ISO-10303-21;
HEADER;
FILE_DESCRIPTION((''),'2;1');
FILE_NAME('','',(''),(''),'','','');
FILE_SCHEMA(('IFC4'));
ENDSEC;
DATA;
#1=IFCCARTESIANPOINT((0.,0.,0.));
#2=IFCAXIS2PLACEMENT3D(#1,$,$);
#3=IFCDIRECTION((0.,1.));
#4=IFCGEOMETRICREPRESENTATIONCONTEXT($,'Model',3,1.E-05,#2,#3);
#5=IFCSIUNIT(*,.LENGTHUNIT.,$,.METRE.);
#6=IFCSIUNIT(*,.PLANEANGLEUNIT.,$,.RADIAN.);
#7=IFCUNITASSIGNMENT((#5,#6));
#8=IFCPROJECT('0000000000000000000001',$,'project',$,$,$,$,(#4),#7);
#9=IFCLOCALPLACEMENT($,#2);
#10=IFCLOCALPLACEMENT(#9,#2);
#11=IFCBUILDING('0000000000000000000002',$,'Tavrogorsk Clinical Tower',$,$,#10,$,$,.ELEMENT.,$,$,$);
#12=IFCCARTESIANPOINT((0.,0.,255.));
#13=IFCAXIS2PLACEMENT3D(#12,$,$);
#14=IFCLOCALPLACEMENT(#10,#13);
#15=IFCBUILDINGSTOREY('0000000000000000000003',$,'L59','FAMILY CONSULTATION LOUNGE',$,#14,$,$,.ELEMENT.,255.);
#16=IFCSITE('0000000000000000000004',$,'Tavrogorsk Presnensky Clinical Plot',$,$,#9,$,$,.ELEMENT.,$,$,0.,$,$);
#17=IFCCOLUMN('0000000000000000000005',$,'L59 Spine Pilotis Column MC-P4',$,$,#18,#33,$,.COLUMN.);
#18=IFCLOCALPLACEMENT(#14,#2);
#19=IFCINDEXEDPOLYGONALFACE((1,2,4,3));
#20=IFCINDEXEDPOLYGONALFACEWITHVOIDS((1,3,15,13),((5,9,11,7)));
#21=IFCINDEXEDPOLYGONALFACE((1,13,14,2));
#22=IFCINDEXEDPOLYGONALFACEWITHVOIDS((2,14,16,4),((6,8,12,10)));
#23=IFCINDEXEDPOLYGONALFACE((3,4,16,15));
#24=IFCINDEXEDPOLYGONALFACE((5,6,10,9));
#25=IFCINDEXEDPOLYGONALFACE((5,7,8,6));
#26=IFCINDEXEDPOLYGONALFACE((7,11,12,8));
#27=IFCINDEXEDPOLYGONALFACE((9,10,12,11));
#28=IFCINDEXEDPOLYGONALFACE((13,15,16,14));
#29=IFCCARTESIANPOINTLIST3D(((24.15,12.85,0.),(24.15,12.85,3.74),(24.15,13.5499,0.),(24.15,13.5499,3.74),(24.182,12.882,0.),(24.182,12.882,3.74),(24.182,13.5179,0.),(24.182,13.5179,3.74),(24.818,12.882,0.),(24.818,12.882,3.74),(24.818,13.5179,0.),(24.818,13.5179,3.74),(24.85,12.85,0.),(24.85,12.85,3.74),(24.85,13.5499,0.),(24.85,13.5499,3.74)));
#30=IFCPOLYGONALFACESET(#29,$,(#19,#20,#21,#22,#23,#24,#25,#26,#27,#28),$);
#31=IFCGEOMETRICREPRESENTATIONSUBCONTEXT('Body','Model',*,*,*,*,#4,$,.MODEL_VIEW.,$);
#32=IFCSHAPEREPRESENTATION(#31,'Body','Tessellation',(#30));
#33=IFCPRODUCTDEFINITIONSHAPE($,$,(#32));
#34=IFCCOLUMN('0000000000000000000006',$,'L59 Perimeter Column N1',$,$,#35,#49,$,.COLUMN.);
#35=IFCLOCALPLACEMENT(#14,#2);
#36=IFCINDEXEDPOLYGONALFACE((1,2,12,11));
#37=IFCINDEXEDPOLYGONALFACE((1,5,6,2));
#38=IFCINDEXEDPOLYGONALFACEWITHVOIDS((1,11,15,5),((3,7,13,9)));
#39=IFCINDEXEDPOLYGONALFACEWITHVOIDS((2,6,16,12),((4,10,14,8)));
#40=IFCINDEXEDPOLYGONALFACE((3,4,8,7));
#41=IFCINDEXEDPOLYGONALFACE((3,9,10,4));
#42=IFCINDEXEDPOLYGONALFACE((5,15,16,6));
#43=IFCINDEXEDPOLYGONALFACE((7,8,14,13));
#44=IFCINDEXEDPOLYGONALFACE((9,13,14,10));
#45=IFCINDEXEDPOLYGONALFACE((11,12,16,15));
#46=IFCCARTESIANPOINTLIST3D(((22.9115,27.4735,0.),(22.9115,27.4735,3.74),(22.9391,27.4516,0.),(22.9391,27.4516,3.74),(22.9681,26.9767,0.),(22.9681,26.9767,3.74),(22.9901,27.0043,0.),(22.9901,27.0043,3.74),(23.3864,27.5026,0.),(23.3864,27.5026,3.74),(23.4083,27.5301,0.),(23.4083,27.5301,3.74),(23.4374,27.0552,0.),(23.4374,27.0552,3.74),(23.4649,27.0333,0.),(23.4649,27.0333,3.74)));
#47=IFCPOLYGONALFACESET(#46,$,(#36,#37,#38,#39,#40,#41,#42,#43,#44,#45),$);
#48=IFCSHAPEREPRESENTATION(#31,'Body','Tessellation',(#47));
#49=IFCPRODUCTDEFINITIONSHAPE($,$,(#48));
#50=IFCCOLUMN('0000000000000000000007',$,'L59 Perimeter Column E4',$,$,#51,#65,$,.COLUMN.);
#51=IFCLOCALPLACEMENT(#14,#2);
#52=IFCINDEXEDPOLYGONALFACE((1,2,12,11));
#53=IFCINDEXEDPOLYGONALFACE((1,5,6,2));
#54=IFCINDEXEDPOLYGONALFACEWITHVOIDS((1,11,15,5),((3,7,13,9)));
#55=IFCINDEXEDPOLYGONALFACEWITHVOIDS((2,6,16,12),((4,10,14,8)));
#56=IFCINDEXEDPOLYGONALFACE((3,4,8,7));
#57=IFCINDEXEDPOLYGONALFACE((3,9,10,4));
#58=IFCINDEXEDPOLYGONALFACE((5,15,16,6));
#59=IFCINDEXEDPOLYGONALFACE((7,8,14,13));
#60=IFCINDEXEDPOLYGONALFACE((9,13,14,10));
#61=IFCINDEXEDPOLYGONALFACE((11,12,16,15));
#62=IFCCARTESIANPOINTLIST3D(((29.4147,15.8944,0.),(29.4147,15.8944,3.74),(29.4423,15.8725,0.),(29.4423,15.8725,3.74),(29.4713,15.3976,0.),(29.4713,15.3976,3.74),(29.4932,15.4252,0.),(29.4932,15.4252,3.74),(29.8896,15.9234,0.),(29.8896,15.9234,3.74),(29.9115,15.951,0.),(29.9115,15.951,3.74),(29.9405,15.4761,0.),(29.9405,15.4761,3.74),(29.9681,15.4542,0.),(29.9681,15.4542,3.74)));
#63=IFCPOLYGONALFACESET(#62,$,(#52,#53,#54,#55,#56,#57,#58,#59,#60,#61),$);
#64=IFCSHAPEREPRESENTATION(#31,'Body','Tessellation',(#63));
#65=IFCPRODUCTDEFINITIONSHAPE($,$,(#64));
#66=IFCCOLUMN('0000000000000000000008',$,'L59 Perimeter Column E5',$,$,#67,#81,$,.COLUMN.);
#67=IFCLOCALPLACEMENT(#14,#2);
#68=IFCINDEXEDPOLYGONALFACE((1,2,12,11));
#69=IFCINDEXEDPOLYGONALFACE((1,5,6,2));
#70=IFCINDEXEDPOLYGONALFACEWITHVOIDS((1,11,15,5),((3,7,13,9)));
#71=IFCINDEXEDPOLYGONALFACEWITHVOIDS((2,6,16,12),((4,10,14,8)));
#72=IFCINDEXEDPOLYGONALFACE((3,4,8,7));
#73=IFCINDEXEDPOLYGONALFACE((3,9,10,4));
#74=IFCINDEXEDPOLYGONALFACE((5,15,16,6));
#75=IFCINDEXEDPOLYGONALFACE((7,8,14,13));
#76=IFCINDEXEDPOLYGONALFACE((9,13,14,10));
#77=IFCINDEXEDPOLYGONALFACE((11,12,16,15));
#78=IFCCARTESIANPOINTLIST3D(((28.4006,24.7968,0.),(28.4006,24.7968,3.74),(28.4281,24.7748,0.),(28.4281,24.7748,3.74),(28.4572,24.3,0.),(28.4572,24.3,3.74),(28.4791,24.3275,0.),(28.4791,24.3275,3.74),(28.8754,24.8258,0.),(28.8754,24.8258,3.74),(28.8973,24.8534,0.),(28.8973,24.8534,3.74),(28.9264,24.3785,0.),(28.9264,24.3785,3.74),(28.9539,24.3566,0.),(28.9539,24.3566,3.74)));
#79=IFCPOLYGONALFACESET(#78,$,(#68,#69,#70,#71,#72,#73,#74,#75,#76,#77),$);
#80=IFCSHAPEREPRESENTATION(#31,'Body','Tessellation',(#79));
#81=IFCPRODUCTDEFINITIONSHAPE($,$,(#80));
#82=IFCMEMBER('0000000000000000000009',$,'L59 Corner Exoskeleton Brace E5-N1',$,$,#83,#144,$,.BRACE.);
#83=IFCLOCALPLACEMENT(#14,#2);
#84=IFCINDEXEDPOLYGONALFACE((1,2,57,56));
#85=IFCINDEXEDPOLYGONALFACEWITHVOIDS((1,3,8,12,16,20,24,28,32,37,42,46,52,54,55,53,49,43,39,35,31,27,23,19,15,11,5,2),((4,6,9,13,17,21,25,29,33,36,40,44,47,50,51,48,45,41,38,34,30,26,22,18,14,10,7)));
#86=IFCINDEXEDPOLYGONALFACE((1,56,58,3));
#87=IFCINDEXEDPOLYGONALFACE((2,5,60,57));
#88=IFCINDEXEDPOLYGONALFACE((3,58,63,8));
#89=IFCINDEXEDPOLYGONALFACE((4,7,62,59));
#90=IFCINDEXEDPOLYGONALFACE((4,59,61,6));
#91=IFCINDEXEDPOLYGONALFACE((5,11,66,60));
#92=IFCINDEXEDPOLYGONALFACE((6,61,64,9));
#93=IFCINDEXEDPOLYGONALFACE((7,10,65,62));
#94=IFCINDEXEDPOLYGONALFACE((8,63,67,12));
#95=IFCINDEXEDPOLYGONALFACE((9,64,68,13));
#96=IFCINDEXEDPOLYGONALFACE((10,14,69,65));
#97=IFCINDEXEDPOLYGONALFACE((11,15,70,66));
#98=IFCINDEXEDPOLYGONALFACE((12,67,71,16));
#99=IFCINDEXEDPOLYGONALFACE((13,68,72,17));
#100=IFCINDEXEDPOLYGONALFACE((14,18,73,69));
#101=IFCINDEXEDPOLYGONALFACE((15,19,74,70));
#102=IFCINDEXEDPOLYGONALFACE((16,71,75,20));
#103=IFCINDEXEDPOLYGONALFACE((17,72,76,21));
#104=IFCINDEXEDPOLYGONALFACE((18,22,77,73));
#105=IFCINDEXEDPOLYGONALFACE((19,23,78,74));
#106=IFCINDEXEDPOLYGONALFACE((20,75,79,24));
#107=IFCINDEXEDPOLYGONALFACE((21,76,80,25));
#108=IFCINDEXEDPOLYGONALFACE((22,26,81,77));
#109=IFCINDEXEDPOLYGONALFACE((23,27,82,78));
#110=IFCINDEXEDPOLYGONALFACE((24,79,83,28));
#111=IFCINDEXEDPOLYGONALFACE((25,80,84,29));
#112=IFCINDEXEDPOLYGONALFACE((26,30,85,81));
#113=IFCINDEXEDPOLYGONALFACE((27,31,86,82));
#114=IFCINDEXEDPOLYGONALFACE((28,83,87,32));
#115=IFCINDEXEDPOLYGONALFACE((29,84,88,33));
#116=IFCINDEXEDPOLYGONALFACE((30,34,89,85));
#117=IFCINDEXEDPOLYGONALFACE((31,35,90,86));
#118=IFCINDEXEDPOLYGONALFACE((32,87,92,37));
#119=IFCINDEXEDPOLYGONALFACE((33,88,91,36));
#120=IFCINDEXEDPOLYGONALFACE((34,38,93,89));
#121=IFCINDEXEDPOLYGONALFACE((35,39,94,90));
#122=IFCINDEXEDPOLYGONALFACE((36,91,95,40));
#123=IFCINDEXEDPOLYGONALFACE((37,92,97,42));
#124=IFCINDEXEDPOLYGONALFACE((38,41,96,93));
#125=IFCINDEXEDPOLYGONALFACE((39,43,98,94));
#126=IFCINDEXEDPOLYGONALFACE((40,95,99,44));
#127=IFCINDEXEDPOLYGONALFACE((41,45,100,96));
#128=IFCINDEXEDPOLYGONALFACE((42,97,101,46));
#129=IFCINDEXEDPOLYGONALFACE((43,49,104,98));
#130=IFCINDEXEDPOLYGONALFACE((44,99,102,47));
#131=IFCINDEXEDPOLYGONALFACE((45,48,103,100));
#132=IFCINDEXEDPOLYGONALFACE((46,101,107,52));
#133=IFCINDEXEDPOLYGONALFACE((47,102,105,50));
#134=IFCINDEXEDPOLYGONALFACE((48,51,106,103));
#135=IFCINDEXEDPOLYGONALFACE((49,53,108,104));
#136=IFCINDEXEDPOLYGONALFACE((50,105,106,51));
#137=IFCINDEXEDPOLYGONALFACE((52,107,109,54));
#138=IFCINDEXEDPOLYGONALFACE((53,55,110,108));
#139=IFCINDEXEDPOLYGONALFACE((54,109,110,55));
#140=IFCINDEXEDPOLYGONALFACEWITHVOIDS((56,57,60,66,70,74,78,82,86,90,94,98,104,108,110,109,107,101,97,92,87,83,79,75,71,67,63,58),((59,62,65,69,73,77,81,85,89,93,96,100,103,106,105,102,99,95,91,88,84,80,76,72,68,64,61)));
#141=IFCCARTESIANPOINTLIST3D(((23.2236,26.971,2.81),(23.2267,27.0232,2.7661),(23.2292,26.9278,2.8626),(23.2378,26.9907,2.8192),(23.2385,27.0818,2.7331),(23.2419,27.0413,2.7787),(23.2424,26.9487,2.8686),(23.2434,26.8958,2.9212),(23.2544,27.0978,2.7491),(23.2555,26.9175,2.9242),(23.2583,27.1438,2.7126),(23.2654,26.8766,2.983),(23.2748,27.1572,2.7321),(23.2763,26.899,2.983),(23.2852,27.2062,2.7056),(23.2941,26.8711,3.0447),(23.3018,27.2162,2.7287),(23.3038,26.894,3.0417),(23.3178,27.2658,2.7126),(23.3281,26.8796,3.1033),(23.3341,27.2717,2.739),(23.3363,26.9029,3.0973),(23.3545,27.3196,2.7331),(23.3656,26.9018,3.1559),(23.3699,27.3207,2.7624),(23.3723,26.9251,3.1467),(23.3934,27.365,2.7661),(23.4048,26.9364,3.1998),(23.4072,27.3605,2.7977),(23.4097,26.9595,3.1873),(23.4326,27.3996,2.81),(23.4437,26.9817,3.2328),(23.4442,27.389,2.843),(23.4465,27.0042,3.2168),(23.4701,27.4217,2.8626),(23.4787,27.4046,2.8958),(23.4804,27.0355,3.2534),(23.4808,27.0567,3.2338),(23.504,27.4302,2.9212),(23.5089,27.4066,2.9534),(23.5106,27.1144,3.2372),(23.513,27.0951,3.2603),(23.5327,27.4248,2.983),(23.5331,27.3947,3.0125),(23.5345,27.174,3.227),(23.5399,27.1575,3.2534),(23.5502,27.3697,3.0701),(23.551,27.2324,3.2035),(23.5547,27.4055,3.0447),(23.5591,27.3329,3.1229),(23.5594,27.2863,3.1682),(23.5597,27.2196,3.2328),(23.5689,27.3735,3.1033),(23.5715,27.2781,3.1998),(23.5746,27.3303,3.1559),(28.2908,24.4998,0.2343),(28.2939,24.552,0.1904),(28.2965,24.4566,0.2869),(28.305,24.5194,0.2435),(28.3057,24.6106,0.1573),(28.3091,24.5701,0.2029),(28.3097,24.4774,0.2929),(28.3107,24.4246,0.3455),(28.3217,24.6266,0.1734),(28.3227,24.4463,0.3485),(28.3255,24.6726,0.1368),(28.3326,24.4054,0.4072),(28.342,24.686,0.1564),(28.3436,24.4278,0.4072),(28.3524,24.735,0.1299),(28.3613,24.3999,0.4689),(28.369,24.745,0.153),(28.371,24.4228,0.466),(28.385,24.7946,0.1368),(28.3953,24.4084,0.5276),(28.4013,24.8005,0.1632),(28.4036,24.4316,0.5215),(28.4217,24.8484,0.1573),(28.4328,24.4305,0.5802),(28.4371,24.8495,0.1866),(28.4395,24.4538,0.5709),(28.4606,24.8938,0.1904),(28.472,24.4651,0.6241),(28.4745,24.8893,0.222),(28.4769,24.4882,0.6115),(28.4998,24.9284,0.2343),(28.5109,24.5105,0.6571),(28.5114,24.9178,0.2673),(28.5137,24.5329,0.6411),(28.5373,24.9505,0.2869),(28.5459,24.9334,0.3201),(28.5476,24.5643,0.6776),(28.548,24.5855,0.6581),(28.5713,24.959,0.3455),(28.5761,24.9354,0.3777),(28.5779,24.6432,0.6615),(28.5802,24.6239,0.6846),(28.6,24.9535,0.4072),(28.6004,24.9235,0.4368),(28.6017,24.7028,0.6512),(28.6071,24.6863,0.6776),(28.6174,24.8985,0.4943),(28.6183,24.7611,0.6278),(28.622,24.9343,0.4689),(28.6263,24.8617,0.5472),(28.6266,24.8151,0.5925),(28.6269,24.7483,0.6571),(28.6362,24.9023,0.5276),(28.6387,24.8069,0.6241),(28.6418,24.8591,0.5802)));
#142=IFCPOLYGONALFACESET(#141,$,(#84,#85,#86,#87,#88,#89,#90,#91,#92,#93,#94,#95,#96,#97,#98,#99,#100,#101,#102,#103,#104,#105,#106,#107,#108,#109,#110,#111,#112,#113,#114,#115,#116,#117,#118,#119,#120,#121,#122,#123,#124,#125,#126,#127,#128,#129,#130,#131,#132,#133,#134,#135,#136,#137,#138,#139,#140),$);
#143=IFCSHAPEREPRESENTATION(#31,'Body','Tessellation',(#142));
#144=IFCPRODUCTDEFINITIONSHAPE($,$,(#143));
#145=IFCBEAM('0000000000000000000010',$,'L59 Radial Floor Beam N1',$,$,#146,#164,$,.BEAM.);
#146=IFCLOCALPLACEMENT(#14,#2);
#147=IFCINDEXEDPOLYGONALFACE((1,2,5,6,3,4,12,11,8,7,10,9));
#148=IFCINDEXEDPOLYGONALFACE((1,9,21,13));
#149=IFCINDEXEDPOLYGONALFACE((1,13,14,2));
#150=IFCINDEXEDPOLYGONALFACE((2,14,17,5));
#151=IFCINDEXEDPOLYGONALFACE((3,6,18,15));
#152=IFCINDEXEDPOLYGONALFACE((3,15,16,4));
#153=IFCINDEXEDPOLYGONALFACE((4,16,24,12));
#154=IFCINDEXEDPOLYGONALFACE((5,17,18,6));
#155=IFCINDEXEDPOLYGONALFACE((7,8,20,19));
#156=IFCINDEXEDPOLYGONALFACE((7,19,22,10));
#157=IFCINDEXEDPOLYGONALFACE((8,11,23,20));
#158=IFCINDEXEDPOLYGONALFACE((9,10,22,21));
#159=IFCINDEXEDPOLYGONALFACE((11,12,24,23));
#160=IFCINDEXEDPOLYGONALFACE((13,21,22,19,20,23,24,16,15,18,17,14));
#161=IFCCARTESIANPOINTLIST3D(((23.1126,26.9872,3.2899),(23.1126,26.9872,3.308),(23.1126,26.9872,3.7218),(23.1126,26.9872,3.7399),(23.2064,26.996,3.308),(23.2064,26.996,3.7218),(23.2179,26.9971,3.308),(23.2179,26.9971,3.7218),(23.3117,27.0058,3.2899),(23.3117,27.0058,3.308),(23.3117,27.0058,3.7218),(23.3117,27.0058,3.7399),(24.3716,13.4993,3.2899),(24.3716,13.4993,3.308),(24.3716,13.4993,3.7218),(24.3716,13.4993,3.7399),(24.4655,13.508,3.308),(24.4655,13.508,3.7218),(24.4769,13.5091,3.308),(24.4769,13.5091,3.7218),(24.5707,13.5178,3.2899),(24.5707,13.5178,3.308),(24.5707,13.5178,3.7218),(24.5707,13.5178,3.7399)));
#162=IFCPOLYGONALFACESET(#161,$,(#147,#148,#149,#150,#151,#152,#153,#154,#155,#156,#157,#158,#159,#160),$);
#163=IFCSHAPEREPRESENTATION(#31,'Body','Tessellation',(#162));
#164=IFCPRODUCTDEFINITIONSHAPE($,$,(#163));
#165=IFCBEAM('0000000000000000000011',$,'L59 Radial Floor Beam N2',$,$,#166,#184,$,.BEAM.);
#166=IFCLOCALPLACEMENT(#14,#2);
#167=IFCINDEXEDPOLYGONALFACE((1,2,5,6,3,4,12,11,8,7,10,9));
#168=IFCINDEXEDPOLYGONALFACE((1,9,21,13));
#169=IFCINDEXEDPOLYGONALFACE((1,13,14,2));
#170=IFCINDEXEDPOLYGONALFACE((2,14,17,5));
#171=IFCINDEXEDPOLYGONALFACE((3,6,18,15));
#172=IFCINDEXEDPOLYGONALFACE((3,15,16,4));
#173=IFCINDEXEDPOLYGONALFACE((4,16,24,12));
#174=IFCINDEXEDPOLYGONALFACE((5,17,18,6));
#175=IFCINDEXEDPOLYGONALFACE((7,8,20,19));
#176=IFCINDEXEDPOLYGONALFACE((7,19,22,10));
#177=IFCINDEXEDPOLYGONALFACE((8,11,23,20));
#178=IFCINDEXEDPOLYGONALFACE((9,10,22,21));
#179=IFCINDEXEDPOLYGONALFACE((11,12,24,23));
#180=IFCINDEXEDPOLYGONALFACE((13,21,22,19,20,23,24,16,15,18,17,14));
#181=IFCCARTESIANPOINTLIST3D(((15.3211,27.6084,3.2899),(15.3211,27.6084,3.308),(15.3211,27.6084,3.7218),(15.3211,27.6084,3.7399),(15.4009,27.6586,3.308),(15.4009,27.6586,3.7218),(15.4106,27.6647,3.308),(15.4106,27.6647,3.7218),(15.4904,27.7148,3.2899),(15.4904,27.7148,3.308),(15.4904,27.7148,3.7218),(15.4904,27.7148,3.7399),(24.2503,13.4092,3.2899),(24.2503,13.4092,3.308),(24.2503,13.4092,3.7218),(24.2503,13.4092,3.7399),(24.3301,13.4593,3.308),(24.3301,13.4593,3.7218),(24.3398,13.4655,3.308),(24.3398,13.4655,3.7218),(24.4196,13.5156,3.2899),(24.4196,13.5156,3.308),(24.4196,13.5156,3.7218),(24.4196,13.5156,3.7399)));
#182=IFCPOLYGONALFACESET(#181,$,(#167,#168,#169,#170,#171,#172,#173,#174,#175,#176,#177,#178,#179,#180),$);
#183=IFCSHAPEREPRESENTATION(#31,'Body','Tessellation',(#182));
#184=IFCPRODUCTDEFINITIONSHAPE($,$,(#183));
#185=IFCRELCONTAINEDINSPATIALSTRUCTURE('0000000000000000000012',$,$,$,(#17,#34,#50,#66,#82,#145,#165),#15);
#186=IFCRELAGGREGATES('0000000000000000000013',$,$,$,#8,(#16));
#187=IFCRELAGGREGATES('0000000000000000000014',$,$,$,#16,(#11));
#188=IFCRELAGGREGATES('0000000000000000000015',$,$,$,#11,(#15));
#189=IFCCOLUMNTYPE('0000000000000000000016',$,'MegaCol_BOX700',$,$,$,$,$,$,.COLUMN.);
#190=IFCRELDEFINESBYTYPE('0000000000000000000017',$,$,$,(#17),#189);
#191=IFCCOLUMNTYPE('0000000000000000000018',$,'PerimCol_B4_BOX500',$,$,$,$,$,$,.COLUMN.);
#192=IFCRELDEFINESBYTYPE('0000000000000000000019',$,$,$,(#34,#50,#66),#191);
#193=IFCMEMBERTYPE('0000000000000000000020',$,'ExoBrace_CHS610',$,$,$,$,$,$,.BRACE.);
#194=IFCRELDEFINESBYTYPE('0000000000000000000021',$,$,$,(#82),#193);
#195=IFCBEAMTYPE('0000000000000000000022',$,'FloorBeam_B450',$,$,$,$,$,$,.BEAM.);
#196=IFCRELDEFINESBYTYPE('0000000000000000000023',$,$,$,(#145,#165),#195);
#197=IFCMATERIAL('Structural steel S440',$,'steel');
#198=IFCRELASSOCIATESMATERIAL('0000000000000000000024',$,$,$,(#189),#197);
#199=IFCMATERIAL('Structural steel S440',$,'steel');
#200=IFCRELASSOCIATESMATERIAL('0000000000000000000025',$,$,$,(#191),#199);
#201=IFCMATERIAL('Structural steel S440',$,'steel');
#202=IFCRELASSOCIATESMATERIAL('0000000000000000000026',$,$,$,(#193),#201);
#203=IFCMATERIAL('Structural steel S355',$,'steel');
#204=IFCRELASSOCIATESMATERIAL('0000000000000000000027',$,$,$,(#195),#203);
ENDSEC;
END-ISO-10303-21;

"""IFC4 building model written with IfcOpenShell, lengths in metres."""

from ifc_helpers import new_model, si_unit, direction, frame, origin, origin_2d, place, context, subcontext, project, spatial, hollow_rectangle, hollow_circle, i_section, extrude, material, material_profile, profile_set, type_object, element, save


model = new_model("IFC4")

# Units and contexts
model_context = context("Model", 3, precision=1e-05, world=origin(), true_north=direction((0.0, 1.0)))
body_context = subcontext(model_context, "Body", "Model", "MODEL_VIEW")
ifc_project = project(units=[si_unit("LENGTHUNIT", "METRE"), si_unit("PLANEANGLEUNIT", "RADIAN")], contexts=[model_context])

# Site, building, storey
site_placement = place(None, origin())
site = spatial("IfcSite", under=ifc_project, at=site_placement, Name="Tavrogorsk Presnensky Clinical Plot", CompositionType="ELEMENT", RefElevation=0.0)
building_placement = place(site_placement, origin())
building = spatial("IfcBuilding", under=site, at=building_placement, Name="Tavrogorsk Clinical Tower", CompositionType="ELEMENT")
storey_placement = place(building_placement, frame((0.0, 0.0, 255.0)))
storey = spatial("IfcBuildingStorey", under=building, at=storey_placement, Name="L59", Description="FAMILY CONSULTATION LOUNGE", CompositionType="ELEMENT", Elevation=255.0)

# Columns
ifc_material_1 = material(Name="Structural steel S440", Category="steel")
ifc_material_profile_1 = material_profile(ifc_material_1, hollow_rectangle(XDim=0.7, YDim=0.7, WallThickness=0.032, at=origin_2d()), Name="BOX-700x700x32")
ifc_profile_set_1 = profile_set([ifc_material_profile_1], Name="Structural steel S440")
column_type_1 = type_object("IfcColumnType", Name="MegaCol_BOX700", PredefinedType="COLUMN", material=ifc_profile_set_1)
column_placement = place(storey_placement, frame((24.5, 13.2, 0.0), z_axis=(0.0, 0.0, 1.0), x_axis=(1.0, 0.0, 0.0)))
element("IfcColumn", 1, at=column_placement, inside=storey, type_object=column_type_1, Name="L59 Spine Pilotis Column MC-P4", PredefinedType="COLUMN", context=body_context, shape_type="SweptSolid", body=[
    extrude(hollow_rectangle(XDim=0.7, YDim=0.7, WallThickness=0.032, at=origin_2d()), origin(), (0.0, 0.0, 1.0), 3.74),
])
ifc_material_2 = material(Name="Structural steel S440", Category="steel")
ifc_material_profile_2 = material_profile(ifc_material_2, hollow_rectangle(XDim=0.5, YDim=0.5, WallThickness=0.0249, at=origin_2d()), Name="BOX-500x500x25")
ifc_profile_set_2 = profile_set([ifc_material_profile_2], Name="Structural steel S440")
column_type_2 = type_object("IfcColumnType", Name="PerimCol_B4_BOX500", PredefinedType="COLUMN", material=ifc_profile_set_2)
for number, where, z_axis, x_axis, name in (
    (2, (23.1882, 27.2534, 0.0), (0.0, 0.0, 1.0), (0.993572, 0.113203, 0.0), "L59 Perimeter Column N1"),
    (3, (29.6914, 15.6743, 0.0), (0.0, 0.0, 1.0), (0.993572, 0.113203, 0.0), "L59 Perimeter Column E4"),
    (4, (28.6772, 24.5767, 0.0), (0.0, 0.0, 1.0), (0.993572, 0.113203, 0.0), "L59 Perimeter Column E5"),
):
    element("IfcColumn", number, at=place(storey_placement, frame(where, z_axis=z_axis, x_axis=x_axis)), inside=storey, type_object=column_type_2, Name=name, PredefinedType="COLUMN", context=body_context, shape_type="SweptSolid", body=[
        extrude(hollow_rectangle(XDim=0.5, YDim=0.5, WallThickness=0.0249, at=origin_2d()), origin(), (0.0, 0.0, 1.0), 3.74),
    ])

# Member
ifc_material_3 = material(Name="Structural steel S440", Category="steel")
ifc_material_profile_3 = material_profile(ifc_material_3, hollow_circle(Radius=0.3049, WallThickness=0.0249, at=origin_2d()), Name="CHS-610x25")
ifc_profile_set_3 = profile_set([ifc_material_profile_3], Name="Structural steel S440")
member_type_1 = type_object("IfcMemberType", Name="ExoBrace_CHS610", PredefinedType="BRACE", material=ifc_profile_set_3)
member_placement = place(storey_placement, frame((28.4663, 24.6794, 0.4072), z_axis=(-0.817527, 0.398699, 0.415558), x_axis=(-0.43834, -0.898809, 0.0)))
element("IfcMember", 5, at=member_placement, inside=storey, type_object=member_type_1, Name="L59 Corner Exoskeleton Brace E5-N1", PredefinedType="BRACE", context=body_context, shape_type="SweptSolid", body=[
    extrude(hollow_circle(Radius=0.3049, WallThickness=0.0249, at=origin_2d()), origin(), (0.0, 0.0, 1.0), 6.1982),
])

# Beams
ifc_material_4 = material(Name="Structural steel S355", Category="steel")
ifc_material_profile_4 = material_profile(ifc_material_4, i_section(OverallWidth=0.2, OverallDepth=0.45, WebThickness=0.0115, FlangeThickness=0.0181, at=origin_2d()), Name="B-450x200x11.5x18")
ifc_profile_set_4 = profile_set([ifc_material_profile_4], Name="Structural steel S355")
beam_type_1 = type_object("IfcBeamType", Name="FloorBeam_B450", PredefinedType="BEAM", material=ifc_profile_set_4)
beam_1_placement = place(storey_placement, frame((24.4712, 13.5085, 3.5149), z_axis=(-0.09294, 0.995672, 0.0), x_axis=(-0.995672, -0.09294, 0.0)))
element("IfcBeam", 6, at=beam_1_placement, inside=storey, type_object=beam_type_1, Name="L59 Radial Floor Beam N1", PredefinedType="BEAM", context=body_context, shape_type="SweptSolid", body=[
    extrude(i_section(OverallWidth=0.2, OverallDepth=0.45, WebThickness=0.0115, FlangeThickness=0.0181, at=origin_2d()), origin(), (0.0, 0.0, 1.0), 13.5466),
])
beam_2_placement = place(storey_placement, frame((24.335, 13.4624, 3.5149), z_axis=(-0.532341, 0.84653, 0.0), x_axis=(-0.84653, -0.532341, 0.0)))
element("IfcBeam", 7, at=beam_2_placement, inside=storey, type_object=beam_type_1, Name="L59 Radial Floor Beam N2", PredefinedType="BEAM", context=body_context, shape_type="SweptSolid", body=[
    extrude(i_section(OverallWidth=0.2, OverallDepth=0.45, WebThickness=0.0115, FlangeThickness=0.0181, at=origin_2d()), origin(), (0.0, 0.0, 1.0), 16.7734),
])

save(model, "model.ifc")
